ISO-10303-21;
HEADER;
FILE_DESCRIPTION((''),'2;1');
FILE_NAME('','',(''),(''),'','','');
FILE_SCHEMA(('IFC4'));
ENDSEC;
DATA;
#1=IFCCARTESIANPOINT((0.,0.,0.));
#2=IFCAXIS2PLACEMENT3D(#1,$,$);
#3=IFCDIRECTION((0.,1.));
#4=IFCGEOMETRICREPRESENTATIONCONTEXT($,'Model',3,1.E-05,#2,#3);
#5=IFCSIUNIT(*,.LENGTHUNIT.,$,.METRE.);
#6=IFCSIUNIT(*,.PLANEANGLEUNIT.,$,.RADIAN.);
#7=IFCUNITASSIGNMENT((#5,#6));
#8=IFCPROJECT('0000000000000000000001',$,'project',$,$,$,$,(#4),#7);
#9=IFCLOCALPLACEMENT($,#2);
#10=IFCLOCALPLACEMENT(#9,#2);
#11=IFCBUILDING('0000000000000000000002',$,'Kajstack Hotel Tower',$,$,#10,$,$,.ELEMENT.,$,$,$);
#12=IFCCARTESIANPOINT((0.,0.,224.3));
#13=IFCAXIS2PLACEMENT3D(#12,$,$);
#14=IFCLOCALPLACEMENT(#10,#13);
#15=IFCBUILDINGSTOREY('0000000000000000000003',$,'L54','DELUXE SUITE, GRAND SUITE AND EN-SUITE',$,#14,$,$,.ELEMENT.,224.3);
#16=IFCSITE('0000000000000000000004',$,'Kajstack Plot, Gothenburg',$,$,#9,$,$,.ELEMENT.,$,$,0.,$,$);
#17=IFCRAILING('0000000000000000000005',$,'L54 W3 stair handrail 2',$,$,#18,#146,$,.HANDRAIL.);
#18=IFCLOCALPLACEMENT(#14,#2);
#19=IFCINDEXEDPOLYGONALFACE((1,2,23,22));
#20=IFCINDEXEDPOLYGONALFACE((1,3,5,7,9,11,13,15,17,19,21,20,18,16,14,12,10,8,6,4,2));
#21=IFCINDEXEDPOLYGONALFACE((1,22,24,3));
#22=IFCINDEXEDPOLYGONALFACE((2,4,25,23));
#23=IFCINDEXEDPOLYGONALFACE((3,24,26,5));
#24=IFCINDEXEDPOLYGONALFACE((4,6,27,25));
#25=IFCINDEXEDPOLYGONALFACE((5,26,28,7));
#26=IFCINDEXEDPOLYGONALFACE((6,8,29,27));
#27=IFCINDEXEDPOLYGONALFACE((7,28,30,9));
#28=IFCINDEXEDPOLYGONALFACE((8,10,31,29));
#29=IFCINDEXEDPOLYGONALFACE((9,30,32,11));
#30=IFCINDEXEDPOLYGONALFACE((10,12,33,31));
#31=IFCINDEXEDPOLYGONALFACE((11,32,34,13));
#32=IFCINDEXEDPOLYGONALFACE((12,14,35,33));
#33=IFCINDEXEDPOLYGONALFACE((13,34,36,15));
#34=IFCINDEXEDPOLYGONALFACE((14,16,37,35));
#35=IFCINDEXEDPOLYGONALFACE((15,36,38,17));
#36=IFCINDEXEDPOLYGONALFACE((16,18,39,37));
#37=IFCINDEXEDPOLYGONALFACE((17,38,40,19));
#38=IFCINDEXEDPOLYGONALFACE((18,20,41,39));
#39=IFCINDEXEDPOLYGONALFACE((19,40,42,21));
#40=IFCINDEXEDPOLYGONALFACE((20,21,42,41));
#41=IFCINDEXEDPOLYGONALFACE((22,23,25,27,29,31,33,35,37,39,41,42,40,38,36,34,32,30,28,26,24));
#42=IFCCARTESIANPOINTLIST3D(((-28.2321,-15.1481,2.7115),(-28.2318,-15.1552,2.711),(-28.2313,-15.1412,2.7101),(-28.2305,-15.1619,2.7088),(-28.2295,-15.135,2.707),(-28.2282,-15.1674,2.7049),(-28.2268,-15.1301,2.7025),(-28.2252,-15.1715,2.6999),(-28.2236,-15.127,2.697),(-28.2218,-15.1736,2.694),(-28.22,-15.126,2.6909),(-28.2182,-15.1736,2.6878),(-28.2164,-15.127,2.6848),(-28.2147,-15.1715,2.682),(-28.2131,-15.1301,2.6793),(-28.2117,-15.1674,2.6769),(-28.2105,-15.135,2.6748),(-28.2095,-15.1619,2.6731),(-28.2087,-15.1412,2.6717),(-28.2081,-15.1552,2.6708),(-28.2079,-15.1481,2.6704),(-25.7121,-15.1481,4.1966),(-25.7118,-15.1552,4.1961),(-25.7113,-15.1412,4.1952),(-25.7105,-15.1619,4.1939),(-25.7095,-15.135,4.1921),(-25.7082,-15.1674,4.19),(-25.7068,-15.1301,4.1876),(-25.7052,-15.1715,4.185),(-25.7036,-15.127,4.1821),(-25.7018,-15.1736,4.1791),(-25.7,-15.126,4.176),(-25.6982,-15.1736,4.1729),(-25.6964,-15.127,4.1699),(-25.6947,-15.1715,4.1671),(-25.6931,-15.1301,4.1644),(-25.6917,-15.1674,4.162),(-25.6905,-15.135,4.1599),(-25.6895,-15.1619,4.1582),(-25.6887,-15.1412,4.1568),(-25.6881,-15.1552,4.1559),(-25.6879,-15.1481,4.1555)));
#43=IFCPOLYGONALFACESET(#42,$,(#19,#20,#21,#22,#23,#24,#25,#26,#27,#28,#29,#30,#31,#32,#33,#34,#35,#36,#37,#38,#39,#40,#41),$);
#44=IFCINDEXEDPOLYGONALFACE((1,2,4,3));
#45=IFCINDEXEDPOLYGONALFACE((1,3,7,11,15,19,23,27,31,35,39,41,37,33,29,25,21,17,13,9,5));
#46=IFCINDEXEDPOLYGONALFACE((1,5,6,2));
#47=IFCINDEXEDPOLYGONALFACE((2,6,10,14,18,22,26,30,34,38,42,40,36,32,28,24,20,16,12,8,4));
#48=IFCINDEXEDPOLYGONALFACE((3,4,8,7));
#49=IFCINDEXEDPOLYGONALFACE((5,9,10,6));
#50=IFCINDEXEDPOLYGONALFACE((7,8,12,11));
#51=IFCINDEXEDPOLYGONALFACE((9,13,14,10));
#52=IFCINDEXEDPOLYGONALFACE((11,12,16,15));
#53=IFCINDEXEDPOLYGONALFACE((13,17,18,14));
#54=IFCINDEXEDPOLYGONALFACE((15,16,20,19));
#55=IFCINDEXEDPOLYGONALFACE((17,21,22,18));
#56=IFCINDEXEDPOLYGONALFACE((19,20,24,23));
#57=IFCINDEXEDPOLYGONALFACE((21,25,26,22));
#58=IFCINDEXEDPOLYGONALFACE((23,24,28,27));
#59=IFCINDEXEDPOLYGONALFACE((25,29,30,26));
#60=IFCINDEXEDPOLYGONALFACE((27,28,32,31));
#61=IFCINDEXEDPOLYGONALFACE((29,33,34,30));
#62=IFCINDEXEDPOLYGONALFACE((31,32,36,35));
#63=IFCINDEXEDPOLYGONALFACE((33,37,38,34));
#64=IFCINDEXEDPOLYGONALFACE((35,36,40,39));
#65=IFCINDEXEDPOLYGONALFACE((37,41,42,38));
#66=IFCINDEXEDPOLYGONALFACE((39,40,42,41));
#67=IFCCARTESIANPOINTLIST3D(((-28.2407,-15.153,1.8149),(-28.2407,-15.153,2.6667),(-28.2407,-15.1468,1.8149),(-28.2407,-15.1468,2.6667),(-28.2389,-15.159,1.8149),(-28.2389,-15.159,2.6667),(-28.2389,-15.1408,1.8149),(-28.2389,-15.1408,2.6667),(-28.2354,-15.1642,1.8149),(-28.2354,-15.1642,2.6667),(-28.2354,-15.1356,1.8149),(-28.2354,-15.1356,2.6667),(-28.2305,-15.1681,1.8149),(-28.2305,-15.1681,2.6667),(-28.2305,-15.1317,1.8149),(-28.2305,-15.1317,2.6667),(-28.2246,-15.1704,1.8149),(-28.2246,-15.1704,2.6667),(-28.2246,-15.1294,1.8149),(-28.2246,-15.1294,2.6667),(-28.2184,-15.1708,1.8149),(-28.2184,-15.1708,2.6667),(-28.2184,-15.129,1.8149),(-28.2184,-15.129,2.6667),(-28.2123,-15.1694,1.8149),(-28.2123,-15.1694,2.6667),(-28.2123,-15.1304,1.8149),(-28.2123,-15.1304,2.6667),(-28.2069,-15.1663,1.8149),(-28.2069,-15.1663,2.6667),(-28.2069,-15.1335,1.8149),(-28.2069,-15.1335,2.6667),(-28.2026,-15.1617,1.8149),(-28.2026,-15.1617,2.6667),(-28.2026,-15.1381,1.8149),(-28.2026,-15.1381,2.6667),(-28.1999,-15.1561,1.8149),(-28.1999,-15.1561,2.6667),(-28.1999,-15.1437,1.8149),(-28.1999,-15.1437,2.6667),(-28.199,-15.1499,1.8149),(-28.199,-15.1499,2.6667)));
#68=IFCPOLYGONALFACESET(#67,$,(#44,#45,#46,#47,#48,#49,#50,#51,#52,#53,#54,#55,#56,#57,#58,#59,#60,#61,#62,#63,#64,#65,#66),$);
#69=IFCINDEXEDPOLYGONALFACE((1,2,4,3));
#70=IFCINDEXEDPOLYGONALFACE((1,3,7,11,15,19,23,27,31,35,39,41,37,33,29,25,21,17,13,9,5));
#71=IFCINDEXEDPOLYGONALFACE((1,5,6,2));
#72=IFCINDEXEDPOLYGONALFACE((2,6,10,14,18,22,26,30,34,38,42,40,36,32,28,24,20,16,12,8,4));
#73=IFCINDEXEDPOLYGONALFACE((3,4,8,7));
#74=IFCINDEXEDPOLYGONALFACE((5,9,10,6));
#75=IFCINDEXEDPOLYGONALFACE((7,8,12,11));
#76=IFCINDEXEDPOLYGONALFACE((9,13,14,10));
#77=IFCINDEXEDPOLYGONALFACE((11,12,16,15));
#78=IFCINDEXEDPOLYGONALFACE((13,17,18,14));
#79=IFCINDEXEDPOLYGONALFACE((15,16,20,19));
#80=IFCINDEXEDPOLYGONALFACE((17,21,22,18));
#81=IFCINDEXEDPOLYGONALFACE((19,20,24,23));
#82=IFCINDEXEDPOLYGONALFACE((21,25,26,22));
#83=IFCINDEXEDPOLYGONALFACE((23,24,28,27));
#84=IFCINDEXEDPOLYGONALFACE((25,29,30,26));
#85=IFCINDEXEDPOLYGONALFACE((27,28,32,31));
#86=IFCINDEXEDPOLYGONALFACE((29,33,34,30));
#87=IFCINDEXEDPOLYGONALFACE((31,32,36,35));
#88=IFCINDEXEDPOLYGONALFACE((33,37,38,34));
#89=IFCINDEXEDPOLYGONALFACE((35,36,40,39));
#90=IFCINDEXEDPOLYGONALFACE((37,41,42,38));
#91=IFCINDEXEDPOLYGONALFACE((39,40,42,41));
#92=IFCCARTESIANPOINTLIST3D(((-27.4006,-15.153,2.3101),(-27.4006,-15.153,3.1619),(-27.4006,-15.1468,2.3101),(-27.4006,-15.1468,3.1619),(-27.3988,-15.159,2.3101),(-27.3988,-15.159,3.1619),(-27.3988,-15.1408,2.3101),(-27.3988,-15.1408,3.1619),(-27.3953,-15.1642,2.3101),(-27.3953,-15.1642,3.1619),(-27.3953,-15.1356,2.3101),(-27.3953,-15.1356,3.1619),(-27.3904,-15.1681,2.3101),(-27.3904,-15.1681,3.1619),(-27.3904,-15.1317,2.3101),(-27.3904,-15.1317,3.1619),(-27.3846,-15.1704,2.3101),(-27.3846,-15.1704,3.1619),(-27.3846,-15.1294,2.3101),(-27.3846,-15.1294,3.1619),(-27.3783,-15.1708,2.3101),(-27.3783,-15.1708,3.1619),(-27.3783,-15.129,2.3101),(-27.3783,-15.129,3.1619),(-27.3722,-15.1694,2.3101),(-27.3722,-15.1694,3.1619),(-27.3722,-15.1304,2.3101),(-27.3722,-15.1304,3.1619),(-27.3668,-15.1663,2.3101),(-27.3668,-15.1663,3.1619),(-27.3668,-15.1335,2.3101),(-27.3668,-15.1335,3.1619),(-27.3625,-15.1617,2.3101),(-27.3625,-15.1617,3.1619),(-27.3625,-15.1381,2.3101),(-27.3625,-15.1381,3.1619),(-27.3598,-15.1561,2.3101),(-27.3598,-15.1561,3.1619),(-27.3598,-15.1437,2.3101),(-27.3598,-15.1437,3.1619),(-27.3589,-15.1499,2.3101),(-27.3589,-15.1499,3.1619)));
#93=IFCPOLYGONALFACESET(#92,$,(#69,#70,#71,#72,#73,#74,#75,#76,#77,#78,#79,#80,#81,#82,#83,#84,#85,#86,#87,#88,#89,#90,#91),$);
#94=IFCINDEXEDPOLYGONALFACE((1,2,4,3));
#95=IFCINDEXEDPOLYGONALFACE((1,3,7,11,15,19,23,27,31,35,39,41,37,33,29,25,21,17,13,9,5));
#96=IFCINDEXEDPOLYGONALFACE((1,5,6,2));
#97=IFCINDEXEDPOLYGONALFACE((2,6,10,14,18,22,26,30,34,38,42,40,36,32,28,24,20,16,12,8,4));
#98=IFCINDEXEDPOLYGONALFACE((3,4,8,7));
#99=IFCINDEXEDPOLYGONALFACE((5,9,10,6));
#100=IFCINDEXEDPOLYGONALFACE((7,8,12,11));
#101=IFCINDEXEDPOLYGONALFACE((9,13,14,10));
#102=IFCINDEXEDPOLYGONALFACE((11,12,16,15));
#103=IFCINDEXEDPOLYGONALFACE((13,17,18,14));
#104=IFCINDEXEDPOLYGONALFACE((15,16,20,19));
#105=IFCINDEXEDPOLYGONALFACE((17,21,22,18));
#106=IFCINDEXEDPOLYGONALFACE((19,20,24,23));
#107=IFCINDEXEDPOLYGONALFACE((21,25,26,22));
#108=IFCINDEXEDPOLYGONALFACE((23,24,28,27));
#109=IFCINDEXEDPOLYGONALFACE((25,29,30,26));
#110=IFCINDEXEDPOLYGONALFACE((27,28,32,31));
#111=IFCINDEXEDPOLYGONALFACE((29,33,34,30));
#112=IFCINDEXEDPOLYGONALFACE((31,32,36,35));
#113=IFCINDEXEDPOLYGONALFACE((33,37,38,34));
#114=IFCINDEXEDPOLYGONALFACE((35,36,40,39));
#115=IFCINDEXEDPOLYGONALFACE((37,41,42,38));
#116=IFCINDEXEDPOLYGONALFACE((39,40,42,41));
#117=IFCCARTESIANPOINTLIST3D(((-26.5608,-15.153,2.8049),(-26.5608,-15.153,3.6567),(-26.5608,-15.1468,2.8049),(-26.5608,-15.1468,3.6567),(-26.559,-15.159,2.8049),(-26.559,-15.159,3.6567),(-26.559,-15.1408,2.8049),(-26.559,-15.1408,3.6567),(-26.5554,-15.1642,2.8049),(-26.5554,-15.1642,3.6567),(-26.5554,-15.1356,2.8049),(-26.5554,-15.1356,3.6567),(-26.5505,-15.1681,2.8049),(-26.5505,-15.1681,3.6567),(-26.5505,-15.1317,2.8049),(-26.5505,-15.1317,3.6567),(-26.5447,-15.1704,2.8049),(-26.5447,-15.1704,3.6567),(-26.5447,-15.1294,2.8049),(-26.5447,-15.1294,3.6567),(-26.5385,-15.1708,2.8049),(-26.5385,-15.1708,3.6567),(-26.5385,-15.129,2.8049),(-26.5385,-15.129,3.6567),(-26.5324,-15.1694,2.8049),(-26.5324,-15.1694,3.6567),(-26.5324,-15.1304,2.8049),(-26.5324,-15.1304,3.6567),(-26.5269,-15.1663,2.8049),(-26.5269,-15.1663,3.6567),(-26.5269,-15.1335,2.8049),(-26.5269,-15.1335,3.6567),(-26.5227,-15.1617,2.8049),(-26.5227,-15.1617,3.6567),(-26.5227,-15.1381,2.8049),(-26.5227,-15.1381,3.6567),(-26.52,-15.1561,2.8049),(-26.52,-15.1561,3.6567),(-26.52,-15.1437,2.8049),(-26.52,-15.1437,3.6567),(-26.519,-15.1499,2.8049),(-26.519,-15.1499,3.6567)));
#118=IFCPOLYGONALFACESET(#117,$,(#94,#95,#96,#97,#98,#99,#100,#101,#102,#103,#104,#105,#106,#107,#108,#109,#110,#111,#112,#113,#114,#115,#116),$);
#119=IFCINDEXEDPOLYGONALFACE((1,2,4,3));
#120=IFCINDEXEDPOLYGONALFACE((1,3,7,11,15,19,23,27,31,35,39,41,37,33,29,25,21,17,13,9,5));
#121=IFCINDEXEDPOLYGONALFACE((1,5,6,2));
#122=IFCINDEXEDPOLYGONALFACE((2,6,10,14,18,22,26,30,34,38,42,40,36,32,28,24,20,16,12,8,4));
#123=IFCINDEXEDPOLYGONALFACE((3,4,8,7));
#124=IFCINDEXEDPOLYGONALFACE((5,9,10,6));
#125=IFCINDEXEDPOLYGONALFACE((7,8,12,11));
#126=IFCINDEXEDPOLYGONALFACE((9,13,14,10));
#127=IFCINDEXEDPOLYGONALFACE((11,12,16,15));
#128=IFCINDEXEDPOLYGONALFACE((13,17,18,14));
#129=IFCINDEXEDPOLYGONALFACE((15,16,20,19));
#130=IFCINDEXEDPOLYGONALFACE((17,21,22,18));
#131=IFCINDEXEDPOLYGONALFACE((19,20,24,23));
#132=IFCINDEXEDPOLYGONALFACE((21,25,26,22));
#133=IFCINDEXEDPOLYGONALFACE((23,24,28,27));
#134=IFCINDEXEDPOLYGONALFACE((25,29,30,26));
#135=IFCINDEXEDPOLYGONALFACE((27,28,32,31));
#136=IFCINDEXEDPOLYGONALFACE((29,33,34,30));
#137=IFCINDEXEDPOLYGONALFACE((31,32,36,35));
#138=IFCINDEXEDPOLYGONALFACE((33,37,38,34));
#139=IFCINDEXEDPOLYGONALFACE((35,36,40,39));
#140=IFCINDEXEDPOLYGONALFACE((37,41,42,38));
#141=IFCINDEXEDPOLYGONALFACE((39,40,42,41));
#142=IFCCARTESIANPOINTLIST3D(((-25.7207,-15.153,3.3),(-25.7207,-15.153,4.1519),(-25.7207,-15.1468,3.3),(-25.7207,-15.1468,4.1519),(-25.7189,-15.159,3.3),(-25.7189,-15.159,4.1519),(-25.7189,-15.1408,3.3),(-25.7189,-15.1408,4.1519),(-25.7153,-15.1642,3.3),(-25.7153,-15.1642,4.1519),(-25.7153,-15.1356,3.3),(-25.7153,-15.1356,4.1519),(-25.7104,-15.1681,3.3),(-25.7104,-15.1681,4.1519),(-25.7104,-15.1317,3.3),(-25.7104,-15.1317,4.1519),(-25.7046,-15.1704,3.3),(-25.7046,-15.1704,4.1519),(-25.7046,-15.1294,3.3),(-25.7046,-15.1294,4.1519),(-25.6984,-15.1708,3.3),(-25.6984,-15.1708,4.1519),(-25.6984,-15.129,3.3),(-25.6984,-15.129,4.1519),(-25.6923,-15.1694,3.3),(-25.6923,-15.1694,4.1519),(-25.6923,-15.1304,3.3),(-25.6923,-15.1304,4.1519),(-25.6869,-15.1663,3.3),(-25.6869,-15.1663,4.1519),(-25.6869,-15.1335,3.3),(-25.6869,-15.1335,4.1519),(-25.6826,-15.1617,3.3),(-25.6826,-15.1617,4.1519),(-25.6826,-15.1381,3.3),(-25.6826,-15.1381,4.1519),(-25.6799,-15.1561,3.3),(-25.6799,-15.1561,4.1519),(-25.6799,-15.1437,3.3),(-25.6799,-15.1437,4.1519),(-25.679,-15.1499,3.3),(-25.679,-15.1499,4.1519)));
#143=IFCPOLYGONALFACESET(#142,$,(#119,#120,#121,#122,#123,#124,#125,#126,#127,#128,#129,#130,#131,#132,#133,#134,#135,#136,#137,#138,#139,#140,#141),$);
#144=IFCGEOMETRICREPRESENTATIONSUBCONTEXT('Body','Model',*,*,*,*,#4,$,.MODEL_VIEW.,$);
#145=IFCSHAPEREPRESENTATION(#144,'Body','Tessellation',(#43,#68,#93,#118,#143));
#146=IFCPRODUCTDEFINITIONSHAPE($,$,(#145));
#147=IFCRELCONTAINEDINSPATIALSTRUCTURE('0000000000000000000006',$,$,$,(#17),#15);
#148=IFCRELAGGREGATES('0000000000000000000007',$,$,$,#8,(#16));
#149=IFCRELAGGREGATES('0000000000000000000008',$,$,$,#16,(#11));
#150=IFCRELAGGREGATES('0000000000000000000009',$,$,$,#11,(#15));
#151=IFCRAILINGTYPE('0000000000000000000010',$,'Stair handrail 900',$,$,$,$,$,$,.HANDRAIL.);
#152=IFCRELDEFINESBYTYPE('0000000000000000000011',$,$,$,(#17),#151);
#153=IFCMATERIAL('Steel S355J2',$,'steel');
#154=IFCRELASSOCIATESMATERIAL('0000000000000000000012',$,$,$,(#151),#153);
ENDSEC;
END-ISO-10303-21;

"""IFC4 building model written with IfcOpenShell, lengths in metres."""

from ifc_helpers import new_model, si_unit, direction, frame, origin, origin_2d, place, context, subcontext, project, spatial, circle, extrude, material, type_object, element, save


model = new_model("IFC4")

# Units and contexts
model_context = context("Model", 3, precision=1e-05, world=origin(), true_north=direction((0.0, 1.0)))
body_context = subcontext(model_context, "Body", "Model", "MODEL_VIEW")
ifc_project = project(units=[si_unit("LENGTHUNIT", "METRE"), si_unit("PLANEANGLEUNIT", "RADIAN")], contexts=[model_context])

# Site, building, storey
site_placement = place(None, origin())
site = spatial("IfcSite", under=ifc_project, at=site_placement, Name="Kajstack Plot, Gothenburg", CompositionType="ELEMENT", RefElevation=0.0)
building_placement = place(site_placement, origin())
building = spatial("IfcBuilding", under=site, at=building_placement, Name="Kajstack Hotel Tower", CompositionType="ELEMENT")
storey_placement = place(building_placement, frame((0.0, 0.0, 224.3)))
storey = spatial("IfcBuildingStorey", under=building, at=storey_placement, Name="L54", Description="DELUXE SUITE, GRAND SUITE AND EN-SUITE", CompositionType="ELEMENT", Elevation=224.3)

# Railing
ifc_material_1 = material(Name="Steel S355J2", Category="steel")
railing_type_1 = type_object("IfcRailingType", Name="Stair handrail 900", PredefinedType="HANDRAIL", material=ifc_material_1)
railing_1_placement = place(storey_placement, frame((-28.22, -15.1499, 1.8149)))
element("IfcRailing", 1, at=railing_1_placement, inside=storey, type_object=railing_type_1, Name="L54 W3 stair handrail 2", PredefinedType="HANDRAIL", context=body_context, shape_type="SweptSolid", body=[
    extrude(circle(Radius=0.0239, at=origin_2d()), frame((0.0, 0.0, 0.876), z_axis=(0.861524, 0.0, 0.507717), x_axis=(0.0, 1.0, 0.0)), (0.0, 0.0, 1.0), 2.925),
    extrude(circle(Radius=0.021, at=origin_2d()), origin(), (0.0, 0.0, 1.0), 0.8518),
    extrude(circle(Radius=0.021, at=origin_2d()), frame((0.8401, 0.0, 0.4951)), (0.0, 0.0, 1.0), 0.8518),
    extrude(circle(Radius=0.021, at=origin_2d()), frame((1.6799, 0.0, 0.99)), (0.0, 0.0, 1.0), 0.8518),
    extrude(circle(Radius=0.021, at=origin_2d()), frame((2.52, 0.0, 1.4851)), (0.0, 0.0, 1.0), 0.8518),
])

save(model, "model.ifc")
